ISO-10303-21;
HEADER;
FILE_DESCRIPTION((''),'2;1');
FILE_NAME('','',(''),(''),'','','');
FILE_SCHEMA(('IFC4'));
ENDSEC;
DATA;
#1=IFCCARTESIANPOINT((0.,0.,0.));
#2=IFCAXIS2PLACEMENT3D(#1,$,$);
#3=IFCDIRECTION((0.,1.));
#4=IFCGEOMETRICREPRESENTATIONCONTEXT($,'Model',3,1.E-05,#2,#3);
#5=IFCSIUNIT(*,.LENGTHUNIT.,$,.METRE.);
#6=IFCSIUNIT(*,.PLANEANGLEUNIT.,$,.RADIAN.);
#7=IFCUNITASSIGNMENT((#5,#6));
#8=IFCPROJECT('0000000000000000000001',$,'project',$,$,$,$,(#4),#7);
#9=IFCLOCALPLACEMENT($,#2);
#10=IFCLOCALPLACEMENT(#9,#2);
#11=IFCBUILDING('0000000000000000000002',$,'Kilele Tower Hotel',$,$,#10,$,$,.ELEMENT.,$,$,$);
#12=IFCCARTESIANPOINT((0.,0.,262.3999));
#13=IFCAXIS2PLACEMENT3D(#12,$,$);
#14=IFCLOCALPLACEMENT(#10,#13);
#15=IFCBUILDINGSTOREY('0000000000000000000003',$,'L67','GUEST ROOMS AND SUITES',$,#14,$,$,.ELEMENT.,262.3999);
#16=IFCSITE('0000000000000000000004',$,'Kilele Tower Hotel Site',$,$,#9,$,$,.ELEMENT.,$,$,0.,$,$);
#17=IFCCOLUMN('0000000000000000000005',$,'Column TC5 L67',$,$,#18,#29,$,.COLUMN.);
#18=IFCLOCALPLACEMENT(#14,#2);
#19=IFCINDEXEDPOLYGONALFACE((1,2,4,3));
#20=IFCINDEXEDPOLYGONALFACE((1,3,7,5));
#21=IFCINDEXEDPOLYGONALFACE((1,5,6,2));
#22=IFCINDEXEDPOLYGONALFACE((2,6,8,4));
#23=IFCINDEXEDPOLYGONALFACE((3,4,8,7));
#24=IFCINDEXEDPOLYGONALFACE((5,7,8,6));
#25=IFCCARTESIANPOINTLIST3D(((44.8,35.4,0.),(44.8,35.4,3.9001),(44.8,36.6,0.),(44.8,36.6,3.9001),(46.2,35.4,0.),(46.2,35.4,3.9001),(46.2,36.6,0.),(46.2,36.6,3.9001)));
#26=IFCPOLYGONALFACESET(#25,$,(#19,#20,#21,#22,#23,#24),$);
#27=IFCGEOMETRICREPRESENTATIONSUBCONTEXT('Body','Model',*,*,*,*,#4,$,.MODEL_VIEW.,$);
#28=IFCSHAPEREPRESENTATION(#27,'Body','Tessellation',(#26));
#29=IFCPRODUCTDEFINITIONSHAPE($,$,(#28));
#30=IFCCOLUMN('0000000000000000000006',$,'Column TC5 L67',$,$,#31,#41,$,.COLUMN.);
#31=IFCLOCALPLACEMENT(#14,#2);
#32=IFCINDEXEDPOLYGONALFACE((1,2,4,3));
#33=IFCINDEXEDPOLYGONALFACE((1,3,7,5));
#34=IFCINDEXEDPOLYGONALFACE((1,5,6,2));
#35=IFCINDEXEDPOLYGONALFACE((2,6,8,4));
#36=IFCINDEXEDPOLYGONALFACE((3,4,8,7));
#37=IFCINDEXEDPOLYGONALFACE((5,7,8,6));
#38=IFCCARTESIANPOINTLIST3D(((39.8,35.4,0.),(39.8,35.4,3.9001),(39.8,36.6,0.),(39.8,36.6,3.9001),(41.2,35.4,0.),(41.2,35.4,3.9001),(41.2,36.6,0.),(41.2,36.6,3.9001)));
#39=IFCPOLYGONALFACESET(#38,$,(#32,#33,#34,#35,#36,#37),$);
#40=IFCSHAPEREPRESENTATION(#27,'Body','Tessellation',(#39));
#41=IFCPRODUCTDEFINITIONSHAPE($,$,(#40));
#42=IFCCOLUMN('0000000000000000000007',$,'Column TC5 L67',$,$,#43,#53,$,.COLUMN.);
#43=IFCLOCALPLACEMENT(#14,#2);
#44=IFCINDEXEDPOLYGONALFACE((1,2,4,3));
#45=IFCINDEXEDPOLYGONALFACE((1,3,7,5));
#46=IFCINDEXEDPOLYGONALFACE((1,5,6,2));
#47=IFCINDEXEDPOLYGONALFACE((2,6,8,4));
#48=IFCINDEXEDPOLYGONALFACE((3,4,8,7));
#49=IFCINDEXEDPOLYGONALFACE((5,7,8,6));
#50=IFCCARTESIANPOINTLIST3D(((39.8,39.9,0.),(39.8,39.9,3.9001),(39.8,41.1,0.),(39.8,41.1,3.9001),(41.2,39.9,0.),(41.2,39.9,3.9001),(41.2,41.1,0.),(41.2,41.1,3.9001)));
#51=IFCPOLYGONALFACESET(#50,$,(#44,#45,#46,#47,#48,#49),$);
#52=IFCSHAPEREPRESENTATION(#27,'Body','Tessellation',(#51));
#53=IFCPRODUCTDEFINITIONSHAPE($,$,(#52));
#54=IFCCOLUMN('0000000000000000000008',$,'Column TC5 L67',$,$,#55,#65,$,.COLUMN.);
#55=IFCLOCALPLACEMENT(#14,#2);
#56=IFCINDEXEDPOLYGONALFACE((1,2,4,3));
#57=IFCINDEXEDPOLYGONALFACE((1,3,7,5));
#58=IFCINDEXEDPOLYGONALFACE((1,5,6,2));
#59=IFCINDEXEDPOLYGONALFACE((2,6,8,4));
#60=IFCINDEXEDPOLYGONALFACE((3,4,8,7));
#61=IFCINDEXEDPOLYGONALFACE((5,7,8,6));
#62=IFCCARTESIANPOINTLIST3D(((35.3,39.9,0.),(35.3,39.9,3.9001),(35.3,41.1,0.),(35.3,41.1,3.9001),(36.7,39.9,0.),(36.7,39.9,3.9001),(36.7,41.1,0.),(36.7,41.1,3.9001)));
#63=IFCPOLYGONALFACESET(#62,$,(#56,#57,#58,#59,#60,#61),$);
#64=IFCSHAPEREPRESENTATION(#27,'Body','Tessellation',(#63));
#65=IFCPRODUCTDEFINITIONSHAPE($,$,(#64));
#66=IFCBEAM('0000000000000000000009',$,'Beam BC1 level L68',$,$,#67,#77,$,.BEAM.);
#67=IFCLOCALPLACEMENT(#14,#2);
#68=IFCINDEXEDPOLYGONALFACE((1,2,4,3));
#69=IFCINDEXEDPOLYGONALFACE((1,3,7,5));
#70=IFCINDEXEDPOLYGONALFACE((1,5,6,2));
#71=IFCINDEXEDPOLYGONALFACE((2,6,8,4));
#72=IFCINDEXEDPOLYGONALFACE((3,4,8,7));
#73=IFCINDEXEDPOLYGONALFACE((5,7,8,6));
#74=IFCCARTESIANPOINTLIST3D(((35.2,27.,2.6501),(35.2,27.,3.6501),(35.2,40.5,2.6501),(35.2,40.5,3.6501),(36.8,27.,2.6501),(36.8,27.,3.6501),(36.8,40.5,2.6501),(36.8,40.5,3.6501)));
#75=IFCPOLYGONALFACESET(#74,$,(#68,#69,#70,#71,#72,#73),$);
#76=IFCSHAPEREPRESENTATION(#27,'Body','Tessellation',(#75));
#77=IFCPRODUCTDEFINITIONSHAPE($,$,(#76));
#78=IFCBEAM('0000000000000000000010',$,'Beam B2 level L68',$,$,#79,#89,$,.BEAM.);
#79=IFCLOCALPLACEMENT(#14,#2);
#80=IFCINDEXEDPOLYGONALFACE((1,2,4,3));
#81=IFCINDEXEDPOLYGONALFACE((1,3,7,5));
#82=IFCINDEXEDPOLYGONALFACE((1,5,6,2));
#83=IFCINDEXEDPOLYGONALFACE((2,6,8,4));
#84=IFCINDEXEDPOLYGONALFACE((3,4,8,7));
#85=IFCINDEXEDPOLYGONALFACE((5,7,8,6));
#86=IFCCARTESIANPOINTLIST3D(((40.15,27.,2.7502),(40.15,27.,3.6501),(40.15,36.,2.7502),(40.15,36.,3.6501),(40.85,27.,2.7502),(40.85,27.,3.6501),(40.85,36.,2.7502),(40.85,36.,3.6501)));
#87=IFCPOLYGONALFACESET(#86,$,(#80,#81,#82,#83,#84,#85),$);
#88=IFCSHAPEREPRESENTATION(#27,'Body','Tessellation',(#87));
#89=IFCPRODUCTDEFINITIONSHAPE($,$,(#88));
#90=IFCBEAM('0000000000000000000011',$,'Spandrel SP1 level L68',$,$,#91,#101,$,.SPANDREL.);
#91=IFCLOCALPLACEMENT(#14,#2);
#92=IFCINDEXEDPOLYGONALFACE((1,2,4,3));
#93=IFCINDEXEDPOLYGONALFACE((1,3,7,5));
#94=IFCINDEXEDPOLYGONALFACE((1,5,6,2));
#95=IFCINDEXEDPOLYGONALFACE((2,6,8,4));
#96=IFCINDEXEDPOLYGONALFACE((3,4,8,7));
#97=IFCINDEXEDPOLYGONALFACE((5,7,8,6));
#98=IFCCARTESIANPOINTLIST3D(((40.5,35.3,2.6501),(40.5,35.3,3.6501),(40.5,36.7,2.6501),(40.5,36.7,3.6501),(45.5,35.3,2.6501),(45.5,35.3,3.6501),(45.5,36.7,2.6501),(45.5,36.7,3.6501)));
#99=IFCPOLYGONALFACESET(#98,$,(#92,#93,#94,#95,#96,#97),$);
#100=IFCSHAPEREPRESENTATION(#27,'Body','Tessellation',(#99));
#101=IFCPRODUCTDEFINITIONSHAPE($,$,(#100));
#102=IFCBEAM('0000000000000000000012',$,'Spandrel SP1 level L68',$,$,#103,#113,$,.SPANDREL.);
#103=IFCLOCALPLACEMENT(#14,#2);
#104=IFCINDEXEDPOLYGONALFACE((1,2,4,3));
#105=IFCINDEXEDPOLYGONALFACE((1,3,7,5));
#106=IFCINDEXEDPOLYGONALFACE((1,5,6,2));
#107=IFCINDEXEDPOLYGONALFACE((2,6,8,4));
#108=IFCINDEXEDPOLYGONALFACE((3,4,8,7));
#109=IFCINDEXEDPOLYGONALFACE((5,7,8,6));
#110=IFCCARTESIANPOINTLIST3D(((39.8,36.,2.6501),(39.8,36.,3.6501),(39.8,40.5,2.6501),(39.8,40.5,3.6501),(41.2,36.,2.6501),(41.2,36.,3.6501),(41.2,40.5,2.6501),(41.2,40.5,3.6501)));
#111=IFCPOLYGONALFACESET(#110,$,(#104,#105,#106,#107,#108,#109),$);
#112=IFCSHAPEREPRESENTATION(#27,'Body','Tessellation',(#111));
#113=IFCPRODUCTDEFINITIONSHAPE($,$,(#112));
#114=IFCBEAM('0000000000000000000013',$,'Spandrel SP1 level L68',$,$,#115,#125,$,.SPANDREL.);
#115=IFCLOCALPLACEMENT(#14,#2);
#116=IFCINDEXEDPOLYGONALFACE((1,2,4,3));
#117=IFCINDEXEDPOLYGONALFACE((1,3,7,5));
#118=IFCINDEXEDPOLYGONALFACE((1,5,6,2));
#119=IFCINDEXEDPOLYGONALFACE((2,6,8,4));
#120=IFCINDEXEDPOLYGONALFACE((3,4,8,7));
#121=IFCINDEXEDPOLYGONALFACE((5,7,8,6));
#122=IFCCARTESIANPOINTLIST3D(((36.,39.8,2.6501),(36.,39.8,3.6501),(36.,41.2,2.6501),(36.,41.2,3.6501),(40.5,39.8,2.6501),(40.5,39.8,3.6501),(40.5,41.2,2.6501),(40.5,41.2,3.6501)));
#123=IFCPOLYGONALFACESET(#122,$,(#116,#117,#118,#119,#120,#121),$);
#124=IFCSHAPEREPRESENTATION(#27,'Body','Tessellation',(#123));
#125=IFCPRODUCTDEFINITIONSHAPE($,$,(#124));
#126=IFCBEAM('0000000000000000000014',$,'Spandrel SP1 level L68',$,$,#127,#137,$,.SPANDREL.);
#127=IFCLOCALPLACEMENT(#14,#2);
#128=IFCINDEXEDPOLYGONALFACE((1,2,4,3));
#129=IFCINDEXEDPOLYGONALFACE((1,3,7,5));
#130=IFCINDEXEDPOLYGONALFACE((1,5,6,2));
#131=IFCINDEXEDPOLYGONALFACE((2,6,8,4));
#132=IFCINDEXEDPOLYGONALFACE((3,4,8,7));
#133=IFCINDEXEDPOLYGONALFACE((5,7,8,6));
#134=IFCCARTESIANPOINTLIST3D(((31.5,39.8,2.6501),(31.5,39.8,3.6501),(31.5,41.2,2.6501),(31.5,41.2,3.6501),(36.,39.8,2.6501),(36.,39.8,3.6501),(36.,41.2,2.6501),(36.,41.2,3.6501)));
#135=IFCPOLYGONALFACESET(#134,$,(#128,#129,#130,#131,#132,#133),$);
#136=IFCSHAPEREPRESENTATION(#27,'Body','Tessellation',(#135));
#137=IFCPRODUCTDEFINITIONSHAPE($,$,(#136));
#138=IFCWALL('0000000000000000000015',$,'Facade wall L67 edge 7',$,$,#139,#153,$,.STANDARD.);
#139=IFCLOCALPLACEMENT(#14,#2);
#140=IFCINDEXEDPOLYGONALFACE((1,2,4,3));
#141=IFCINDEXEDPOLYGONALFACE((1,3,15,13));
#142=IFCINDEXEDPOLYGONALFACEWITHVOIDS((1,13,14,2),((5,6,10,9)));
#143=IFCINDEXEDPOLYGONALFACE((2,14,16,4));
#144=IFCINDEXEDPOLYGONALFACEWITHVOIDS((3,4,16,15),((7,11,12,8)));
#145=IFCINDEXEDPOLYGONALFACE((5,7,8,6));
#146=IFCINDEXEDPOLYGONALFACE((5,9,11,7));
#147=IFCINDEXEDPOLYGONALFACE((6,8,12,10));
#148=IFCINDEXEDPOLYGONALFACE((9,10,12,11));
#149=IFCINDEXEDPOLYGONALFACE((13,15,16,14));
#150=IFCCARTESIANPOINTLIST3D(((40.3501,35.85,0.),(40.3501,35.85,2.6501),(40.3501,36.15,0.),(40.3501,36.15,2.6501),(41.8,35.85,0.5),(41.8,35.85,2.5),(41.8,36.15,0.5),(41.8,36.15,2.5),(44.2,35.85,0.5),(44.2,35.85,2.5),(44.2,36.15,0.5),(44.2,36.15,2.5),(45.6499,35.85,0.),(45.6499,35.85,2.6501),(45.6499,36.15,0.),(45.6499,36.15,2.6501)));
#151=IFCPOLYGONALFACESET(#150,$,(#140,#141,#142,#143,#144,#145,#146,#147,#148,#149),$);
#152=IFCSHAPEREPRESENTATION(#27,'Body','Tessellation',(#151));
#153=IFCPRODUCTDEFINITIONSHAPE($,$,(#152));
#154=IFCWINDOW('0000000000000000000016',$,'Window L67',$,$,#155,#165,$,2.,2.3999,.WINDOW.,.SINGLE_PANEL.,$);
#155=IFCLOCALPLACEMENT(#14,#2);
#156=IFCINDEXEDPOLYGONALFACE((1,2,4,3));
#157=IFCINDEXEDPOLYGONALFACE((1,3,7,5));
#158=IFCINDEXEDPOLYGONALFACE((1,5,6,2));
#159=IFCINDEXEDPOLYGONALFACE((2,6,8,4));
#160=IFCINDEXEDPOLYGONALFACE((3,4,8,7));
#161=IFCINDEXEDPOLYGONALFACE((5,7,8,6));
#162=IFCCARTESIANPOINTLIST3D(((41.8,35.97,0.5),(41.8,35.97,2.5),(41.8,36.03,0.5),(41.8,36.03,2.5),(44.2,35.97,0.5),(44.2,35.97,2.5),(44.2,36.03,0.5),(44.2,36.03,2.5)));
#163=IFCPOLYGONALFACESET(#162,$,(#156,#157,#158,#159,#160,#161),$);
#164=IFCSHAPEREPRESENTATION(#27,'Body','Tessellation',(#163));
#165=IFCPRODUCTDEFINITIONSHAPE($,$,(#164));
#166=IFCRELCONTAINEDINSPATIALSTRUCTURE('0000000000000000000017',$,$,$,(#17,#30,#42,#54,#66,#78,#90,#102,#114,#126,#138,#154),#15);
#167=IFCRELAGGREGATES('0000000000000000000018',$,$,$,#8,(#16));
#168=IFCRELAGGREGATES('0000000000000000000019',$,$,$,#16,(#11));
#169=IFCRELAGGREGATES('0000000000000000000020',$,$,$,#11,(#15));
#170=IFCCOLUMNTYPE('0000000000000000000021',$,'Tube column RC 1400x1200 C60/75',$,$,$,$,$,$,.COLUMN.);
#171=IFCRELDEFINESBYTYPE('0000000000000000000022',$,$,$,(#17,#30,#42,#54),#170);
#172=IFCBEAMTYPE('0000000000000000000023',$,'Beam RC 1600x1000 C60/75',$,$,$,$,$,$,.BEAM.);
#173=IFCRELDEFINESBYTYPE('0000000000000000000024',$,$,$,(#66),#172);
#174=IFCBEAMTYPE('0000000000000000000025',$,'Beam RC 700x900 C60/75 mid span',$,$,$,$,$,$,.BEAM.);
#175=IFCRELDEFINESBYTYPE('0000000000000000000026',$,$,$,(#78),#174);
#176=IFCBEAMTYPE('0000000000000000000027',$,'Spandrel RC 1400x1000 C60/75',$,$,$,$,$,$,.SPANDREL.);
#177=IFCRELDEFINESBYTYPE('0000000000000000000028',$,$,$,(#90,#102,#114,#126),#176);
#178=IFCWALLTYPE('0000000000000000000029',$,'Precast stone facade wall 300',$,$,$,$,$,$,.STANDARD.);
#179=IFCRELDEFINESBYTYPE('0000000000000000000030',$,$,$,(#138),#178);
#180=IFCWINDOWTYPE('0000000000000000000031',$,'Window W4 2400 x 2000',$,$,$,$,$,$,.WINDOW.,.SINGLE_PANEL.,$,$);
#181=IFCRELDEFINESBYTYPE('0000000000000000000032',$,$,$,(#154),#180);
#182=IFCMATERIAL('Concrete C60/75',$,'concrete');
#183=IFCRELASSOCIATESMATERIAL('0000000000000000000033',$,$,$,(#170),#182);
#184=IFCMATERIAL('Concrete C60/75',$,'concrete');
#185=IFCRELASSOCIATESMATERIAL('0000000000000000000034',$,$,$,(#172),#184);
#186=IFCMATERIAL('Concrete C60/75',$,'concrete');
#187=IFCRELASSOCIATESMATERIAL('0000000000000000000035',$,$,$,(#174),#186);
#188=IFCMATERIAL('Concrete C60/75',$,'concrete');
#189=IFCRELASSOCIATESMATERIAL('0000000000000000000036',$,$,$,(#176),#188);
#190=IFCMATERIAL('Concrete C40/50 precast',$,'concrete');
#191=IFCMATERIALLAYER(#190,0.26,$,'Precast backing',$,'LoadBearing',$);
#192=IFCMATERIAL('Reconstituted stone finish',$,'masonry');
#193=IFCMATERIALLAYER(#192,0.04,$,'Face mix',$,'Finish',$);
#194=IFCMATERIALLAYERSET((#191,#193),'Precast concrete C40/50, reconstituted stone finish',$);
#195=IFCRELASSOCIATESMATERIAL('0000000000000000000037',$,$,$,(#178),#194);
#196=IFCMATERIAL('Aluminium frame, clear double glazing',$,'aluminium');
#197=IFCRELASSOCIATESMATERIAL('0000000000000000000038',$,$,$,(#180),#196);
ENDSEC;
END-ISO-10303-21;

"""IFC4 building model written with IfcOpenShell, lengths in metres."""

from ifc_helpers import new_model, si_unit, direction, frame, frame_2d, origin, origin_2d, place, context, subcontext, project, spatial, rectangle, extrude, material, layer, layer_set, material_profile, profile_set, type_object, element, fill, save


model = new_model("IFC4")

# Units and contexts
model_context = context("Model", 3, precision=1e-05, world=origin(), true_north=direction((0.0, 1.0)))
body_context = subcontext(model_context, "Body", "Model", "MODEL_VIEW")
ifc_project = project(units=[si_unit("LENGTHUNIT", "METRE"), si_unit("PLANEANGLEUNIT", "RADIAN")], contexts=[model_context])

# Site, building, storey
site_placement = place(None, origin())
site = spatial("IfcSite", under=ifc_project, at=site_placement, Name="Kilele Tower Hotel Site", CompositionType="ELEMENT", RefElevation=0.0)
building_placement = place(site_placement, origin())
building = spatial("IfcBuilding", under=site, at=building_placement, Name="Kilele Tower Hotel", CompositionType="ELEMENT")
storey_placement = place(building_placement, frame((0.0, 0.0, 262.3999)))
storey = spatial("IfcBuildingStorey", under=building, at=storey_placement, Name="L67", Description="GUEST ROOMS AND SUITES", CompositionType="ELEMENT", Elevation=262.3999)

# Columns
ifc_material_1 = material(Name="Concrete C60/75", Category="concrete")
ifc_material_profile_1 = material_profile(ifc_material_1, rectangle(XDim=1.3999, YDim=1.2, at=origin_2d()))
ifc_profile_set_1 = profile_set([ifc_material_profile_1], Name="Concrete C60/75")
column_type = type_object("IfcColumnType", Name="Tube column RC 1400x1200 C60/75", PredefinedType="COLUMN", material=ifc_profile_set_1)
for number, where, z_axis, x_axis, name in (
    (1, (45.5, 36.0, 0.0), (0.0, 0.0, 1.0), (1.0, 0.0, 0.0), "Column TC5 L67"),
    (2, (40.5, 36.0, 0.0), (0.0, 0.0, 1.0), (1.0, 0.0, 0.0), "Column TC5 L67"),
    (3, (40.5, 40.5, 0.0), (0.0, 0.0, 1.0), (1.0, 0.0, 0.0), "Column TC5 L67"),
    (4, (36.0, 40.5, 0.0), (0.0, 0.0, 1.0), (1.0, 0.0, 0.0), "Column TC5 L67"),
):
    element("IfcColumn", number, at=place(storey_placement, frame(where, z_axis=z_axis, x_axis=x_axis)), inside=storey, type_object=column_type, Name=name, PredefinedType="COLUMN", context=body_context, shape_type="SweptSolid", body=[
        extrude(rectangle(XDim=1.3999, YDim=1.2, at=origin_2d()), origin(), (0.0, 0.0, 1.0), 3.9001),
    ])

# Beams
ifc_material_2 = material(Name="Concrete C60/75", Category="concrete")
ifc_material_profile_2 = material_profile(ifc_material_2, rectangle(XDim=1.6001, YDim=1.0, at=origin_2d()))
ifc_profile_set_2 = profile_set([ifc_material_profile_2], Name="Concrete C60/75")
beam_type_1 = type_object("IfcBeamType", Name="Beam RC 1600x1000 C60/75", PredefinedType="BEAM", material=ifc_profile_set_2)
beam_1_placement = place(storey_placement, frame((36.0, 40.5, 3.1501), z_axis=(0.0, -1.0, 0.0), x_axis=(1.0, 0.0, 0.0)))
element("IfcBeam", 5, at=beam_1_placement, inside=storey, type_object=beam_type_1, Name="Beam BC1 level L68", PredefinedType="BEAM", context=body_context, shape_type="SweptSolid", body=[
    extrude(rectangle(XDim=1.6001, YDim=1.0, at=origin_2d()), origin(), (0.0, 0.0, 1.0), 13.5),
])
ifc_material_3 = material(Name="Concrete C60/75", Category="concrete")
ifc_material_profile_3 = material_profile(ifc_material_3, rectangle(XDim=0.7, YDim=0.8999, at=origin_2d()))
ifc_profile_set_3 = profile_set([ifc_material_profile_3], Name="Concrete C60/75")
beam_type_2 = type_object("IfcBeamType", Name="Beam RC 700x900 C60/75 mid span", PredefinedType="BEAM", material=ifc_profile_set_3)
beam_2_placement = place(storey_placement, frame((40.5, 36.0, 3.2002), z_axis=(0.0, -1.0, 0.0), x_axis=(1.0, 0.0, 0.0)))
element("IfcBeam", 6, at=beam_2_placement, inside=storey, type_object=beam_type_2, Name="Beam B2 level L68", PredefinedType="BEAM", context=body_context, shape_type="SweptSolid", body=[
    extrude(rectangle(XDim=0.7, YDim=0.8999, at=origin_2d()), origin(), (0.0, 0.0, 1.0), 9.0),
])
ifc_material_4 = material(Name="Concrete C60/75", Category="concrete")
ifc_material_profile_4 = material_profile(ifc_material_4, rectangle(XDim=1.3999, YDim=1.0, at=origin_2d()))
ifc_profile_set_4 = profile_set([ifc_material_profile_4], Name="Concrete C60/75")
beam_type_3 = type_object("IfcBeamType", Name="Spandrel RC 1400x1000 C60/75", PredefinedType="SPANDREL", material=ifc_profile_set_4)
beam_3_placement = place(storey_placement, frame((45.5, 36.0, 3.1501), z_axis=(-1.0, 0.0, 0.0), x_axis=(0.0, -1.0, 0.0)))
element("IfcBeam", 7, at=beam_3_placement, inside=storey, type_object=beam_type_3, Name="Spandrel SP1 level L68", PredefinedType="SPANDREL", context=body_context, shape_type="SweptSolid", body=[
    extrude(rectangle(XDim=1.3999, YDim=1.0, at=origin_2d()), origin(), (0.0, 0.0, 1.0), 5.0),
])
for number, where, z_axis, x_axis, name in (
    (8, (40.5, 36.0, 3.1501), (0.0, 1.0, 0.0), (-1.0, 0.0, 0.0), "Spandrel SP1 level L68"),
    (9, (40.5, 40.5, 3.1501), (-1.0, 0.0, 0.0), (0.0, -1.0, 0.0), "Spandrel SP1 level L68"),
    (10, (36.0, 40.5, 3.1501), (-1.0, 0.0, 0.0), (0.0, -1.0, 0.0), "Spandrel SP1 level L68"),
):
    element("IfcBeam", number, at=place(storey_placement, frame(where, z_axis=z_axis, x_axis=x_axis)), inside=storey, type_object=beam_type_3, Name=name, PredefinedType="SPANDREL", context=body_context, shape_type="SweptSolid", body=[
        extrude(rectangle(XDim=1.3999, YDim=1.0, at=origin_2d()), origin(), (0.0, 0.0, 1.0), 4.5),
    ])

# Wall, opening, window
ifc_material_5 = material(Name="Concrete C40/50 precast", Category="concrete")
ifc_layer_1 = layer(ifc_material_5, 0.26, Name="Precast backing", Category="LoadBearing")
ifc_material_6 = material(Name="Reconstituted stone finish", Category="masonry")
ifc_layer_2 = layer(ifc_material_6, 0.04, Name="Face mix", Category="Finish")
ifc_layer_set = layer_set([ifc_layer_1, ifc_layer_2], Name="Precast concrete C40/50, reconstituted stone finish")
wall_type = type_object("IfcWallType", Name="Precast stone facade wall 300", PredefinedType="STANDARD", material=ifc_layer_set)
wall_1_placement = place(storey_placement, frame((45.6499, 36.0, 0.0), z_axis=(0.0, 0.0, 1.0), x_axis=(-1.0, 0.0, 0.0)))
wall_1 = element("IfcWall", 11, at=wall_1_placement, inside=storey, type_object=wall_type, Name="Facade wall L67 edge 7", PredefinedType="STANDARD", context=body_context, shape_type="SweptSolid", body=[
    extrude(rectangle(XDim=5.2998, YDim=0.3, at=frame_2d((2.6499, 0.0))), origin(), (0.0, 0.0, 1.0), 2.6501),
])
opening_1_placement = place(wall_1_placement, frame((1.45, 0.0, 0.5)))
opening_1 = element("IfcOpeningElement", 12, at=opening_1_placement, cuts=wall_1, PredefinedType="OPENING", context=body_context, shape_type="SweptSolid", body=[
    extrude(rectangle(XDim=2.3999, YDim=2.0, at=frame_2d((1.2, 1.0))), frame((0.0, 0.1599, 0.0), z_axis=(0.0, -1.0, 0.0), x_axis=(1.0, 0.0, 0.0)), (0.0, 0.0, 1.0), 0.3201),
])
ifc_material_7 = material(Name="Aluminium frame, clear double glazing", Category="aluminium")
window_type = type_object("IfcWindowType", Name="Window W4 2400 x 2000", PartitioningType="SINGLE_PANEL", PredefinedType="WINDOW", material=ifc_material_7)
window_1_placement = place(opening_1_placement, origin())
window_1 = element("IfcWindow", 13, at=window_1_placement, inside=storey, type_object=window_type, Name="Window L67", OverallHeight=2.0, OverallWidth=2.3999, PartitioningType="SINGLE_PANEL", PredefinedType="WINDOW", context=body_context, shape_type="SweptSolid", body=[
    extrude(rectangle(XDim=2.3999, YDim=2.0, at=frame_2d((1.2, 1.0))), frame((0.0, 0.03, 0.0), z_axis=(0.0, -1.0, 0.0), x_axis=(1.0, 0.0, 0.0)), (0.0, 0.0, 1.0), 0.0601),
])
fill(opening_1, window_1)

save(model, "model.ifc")
